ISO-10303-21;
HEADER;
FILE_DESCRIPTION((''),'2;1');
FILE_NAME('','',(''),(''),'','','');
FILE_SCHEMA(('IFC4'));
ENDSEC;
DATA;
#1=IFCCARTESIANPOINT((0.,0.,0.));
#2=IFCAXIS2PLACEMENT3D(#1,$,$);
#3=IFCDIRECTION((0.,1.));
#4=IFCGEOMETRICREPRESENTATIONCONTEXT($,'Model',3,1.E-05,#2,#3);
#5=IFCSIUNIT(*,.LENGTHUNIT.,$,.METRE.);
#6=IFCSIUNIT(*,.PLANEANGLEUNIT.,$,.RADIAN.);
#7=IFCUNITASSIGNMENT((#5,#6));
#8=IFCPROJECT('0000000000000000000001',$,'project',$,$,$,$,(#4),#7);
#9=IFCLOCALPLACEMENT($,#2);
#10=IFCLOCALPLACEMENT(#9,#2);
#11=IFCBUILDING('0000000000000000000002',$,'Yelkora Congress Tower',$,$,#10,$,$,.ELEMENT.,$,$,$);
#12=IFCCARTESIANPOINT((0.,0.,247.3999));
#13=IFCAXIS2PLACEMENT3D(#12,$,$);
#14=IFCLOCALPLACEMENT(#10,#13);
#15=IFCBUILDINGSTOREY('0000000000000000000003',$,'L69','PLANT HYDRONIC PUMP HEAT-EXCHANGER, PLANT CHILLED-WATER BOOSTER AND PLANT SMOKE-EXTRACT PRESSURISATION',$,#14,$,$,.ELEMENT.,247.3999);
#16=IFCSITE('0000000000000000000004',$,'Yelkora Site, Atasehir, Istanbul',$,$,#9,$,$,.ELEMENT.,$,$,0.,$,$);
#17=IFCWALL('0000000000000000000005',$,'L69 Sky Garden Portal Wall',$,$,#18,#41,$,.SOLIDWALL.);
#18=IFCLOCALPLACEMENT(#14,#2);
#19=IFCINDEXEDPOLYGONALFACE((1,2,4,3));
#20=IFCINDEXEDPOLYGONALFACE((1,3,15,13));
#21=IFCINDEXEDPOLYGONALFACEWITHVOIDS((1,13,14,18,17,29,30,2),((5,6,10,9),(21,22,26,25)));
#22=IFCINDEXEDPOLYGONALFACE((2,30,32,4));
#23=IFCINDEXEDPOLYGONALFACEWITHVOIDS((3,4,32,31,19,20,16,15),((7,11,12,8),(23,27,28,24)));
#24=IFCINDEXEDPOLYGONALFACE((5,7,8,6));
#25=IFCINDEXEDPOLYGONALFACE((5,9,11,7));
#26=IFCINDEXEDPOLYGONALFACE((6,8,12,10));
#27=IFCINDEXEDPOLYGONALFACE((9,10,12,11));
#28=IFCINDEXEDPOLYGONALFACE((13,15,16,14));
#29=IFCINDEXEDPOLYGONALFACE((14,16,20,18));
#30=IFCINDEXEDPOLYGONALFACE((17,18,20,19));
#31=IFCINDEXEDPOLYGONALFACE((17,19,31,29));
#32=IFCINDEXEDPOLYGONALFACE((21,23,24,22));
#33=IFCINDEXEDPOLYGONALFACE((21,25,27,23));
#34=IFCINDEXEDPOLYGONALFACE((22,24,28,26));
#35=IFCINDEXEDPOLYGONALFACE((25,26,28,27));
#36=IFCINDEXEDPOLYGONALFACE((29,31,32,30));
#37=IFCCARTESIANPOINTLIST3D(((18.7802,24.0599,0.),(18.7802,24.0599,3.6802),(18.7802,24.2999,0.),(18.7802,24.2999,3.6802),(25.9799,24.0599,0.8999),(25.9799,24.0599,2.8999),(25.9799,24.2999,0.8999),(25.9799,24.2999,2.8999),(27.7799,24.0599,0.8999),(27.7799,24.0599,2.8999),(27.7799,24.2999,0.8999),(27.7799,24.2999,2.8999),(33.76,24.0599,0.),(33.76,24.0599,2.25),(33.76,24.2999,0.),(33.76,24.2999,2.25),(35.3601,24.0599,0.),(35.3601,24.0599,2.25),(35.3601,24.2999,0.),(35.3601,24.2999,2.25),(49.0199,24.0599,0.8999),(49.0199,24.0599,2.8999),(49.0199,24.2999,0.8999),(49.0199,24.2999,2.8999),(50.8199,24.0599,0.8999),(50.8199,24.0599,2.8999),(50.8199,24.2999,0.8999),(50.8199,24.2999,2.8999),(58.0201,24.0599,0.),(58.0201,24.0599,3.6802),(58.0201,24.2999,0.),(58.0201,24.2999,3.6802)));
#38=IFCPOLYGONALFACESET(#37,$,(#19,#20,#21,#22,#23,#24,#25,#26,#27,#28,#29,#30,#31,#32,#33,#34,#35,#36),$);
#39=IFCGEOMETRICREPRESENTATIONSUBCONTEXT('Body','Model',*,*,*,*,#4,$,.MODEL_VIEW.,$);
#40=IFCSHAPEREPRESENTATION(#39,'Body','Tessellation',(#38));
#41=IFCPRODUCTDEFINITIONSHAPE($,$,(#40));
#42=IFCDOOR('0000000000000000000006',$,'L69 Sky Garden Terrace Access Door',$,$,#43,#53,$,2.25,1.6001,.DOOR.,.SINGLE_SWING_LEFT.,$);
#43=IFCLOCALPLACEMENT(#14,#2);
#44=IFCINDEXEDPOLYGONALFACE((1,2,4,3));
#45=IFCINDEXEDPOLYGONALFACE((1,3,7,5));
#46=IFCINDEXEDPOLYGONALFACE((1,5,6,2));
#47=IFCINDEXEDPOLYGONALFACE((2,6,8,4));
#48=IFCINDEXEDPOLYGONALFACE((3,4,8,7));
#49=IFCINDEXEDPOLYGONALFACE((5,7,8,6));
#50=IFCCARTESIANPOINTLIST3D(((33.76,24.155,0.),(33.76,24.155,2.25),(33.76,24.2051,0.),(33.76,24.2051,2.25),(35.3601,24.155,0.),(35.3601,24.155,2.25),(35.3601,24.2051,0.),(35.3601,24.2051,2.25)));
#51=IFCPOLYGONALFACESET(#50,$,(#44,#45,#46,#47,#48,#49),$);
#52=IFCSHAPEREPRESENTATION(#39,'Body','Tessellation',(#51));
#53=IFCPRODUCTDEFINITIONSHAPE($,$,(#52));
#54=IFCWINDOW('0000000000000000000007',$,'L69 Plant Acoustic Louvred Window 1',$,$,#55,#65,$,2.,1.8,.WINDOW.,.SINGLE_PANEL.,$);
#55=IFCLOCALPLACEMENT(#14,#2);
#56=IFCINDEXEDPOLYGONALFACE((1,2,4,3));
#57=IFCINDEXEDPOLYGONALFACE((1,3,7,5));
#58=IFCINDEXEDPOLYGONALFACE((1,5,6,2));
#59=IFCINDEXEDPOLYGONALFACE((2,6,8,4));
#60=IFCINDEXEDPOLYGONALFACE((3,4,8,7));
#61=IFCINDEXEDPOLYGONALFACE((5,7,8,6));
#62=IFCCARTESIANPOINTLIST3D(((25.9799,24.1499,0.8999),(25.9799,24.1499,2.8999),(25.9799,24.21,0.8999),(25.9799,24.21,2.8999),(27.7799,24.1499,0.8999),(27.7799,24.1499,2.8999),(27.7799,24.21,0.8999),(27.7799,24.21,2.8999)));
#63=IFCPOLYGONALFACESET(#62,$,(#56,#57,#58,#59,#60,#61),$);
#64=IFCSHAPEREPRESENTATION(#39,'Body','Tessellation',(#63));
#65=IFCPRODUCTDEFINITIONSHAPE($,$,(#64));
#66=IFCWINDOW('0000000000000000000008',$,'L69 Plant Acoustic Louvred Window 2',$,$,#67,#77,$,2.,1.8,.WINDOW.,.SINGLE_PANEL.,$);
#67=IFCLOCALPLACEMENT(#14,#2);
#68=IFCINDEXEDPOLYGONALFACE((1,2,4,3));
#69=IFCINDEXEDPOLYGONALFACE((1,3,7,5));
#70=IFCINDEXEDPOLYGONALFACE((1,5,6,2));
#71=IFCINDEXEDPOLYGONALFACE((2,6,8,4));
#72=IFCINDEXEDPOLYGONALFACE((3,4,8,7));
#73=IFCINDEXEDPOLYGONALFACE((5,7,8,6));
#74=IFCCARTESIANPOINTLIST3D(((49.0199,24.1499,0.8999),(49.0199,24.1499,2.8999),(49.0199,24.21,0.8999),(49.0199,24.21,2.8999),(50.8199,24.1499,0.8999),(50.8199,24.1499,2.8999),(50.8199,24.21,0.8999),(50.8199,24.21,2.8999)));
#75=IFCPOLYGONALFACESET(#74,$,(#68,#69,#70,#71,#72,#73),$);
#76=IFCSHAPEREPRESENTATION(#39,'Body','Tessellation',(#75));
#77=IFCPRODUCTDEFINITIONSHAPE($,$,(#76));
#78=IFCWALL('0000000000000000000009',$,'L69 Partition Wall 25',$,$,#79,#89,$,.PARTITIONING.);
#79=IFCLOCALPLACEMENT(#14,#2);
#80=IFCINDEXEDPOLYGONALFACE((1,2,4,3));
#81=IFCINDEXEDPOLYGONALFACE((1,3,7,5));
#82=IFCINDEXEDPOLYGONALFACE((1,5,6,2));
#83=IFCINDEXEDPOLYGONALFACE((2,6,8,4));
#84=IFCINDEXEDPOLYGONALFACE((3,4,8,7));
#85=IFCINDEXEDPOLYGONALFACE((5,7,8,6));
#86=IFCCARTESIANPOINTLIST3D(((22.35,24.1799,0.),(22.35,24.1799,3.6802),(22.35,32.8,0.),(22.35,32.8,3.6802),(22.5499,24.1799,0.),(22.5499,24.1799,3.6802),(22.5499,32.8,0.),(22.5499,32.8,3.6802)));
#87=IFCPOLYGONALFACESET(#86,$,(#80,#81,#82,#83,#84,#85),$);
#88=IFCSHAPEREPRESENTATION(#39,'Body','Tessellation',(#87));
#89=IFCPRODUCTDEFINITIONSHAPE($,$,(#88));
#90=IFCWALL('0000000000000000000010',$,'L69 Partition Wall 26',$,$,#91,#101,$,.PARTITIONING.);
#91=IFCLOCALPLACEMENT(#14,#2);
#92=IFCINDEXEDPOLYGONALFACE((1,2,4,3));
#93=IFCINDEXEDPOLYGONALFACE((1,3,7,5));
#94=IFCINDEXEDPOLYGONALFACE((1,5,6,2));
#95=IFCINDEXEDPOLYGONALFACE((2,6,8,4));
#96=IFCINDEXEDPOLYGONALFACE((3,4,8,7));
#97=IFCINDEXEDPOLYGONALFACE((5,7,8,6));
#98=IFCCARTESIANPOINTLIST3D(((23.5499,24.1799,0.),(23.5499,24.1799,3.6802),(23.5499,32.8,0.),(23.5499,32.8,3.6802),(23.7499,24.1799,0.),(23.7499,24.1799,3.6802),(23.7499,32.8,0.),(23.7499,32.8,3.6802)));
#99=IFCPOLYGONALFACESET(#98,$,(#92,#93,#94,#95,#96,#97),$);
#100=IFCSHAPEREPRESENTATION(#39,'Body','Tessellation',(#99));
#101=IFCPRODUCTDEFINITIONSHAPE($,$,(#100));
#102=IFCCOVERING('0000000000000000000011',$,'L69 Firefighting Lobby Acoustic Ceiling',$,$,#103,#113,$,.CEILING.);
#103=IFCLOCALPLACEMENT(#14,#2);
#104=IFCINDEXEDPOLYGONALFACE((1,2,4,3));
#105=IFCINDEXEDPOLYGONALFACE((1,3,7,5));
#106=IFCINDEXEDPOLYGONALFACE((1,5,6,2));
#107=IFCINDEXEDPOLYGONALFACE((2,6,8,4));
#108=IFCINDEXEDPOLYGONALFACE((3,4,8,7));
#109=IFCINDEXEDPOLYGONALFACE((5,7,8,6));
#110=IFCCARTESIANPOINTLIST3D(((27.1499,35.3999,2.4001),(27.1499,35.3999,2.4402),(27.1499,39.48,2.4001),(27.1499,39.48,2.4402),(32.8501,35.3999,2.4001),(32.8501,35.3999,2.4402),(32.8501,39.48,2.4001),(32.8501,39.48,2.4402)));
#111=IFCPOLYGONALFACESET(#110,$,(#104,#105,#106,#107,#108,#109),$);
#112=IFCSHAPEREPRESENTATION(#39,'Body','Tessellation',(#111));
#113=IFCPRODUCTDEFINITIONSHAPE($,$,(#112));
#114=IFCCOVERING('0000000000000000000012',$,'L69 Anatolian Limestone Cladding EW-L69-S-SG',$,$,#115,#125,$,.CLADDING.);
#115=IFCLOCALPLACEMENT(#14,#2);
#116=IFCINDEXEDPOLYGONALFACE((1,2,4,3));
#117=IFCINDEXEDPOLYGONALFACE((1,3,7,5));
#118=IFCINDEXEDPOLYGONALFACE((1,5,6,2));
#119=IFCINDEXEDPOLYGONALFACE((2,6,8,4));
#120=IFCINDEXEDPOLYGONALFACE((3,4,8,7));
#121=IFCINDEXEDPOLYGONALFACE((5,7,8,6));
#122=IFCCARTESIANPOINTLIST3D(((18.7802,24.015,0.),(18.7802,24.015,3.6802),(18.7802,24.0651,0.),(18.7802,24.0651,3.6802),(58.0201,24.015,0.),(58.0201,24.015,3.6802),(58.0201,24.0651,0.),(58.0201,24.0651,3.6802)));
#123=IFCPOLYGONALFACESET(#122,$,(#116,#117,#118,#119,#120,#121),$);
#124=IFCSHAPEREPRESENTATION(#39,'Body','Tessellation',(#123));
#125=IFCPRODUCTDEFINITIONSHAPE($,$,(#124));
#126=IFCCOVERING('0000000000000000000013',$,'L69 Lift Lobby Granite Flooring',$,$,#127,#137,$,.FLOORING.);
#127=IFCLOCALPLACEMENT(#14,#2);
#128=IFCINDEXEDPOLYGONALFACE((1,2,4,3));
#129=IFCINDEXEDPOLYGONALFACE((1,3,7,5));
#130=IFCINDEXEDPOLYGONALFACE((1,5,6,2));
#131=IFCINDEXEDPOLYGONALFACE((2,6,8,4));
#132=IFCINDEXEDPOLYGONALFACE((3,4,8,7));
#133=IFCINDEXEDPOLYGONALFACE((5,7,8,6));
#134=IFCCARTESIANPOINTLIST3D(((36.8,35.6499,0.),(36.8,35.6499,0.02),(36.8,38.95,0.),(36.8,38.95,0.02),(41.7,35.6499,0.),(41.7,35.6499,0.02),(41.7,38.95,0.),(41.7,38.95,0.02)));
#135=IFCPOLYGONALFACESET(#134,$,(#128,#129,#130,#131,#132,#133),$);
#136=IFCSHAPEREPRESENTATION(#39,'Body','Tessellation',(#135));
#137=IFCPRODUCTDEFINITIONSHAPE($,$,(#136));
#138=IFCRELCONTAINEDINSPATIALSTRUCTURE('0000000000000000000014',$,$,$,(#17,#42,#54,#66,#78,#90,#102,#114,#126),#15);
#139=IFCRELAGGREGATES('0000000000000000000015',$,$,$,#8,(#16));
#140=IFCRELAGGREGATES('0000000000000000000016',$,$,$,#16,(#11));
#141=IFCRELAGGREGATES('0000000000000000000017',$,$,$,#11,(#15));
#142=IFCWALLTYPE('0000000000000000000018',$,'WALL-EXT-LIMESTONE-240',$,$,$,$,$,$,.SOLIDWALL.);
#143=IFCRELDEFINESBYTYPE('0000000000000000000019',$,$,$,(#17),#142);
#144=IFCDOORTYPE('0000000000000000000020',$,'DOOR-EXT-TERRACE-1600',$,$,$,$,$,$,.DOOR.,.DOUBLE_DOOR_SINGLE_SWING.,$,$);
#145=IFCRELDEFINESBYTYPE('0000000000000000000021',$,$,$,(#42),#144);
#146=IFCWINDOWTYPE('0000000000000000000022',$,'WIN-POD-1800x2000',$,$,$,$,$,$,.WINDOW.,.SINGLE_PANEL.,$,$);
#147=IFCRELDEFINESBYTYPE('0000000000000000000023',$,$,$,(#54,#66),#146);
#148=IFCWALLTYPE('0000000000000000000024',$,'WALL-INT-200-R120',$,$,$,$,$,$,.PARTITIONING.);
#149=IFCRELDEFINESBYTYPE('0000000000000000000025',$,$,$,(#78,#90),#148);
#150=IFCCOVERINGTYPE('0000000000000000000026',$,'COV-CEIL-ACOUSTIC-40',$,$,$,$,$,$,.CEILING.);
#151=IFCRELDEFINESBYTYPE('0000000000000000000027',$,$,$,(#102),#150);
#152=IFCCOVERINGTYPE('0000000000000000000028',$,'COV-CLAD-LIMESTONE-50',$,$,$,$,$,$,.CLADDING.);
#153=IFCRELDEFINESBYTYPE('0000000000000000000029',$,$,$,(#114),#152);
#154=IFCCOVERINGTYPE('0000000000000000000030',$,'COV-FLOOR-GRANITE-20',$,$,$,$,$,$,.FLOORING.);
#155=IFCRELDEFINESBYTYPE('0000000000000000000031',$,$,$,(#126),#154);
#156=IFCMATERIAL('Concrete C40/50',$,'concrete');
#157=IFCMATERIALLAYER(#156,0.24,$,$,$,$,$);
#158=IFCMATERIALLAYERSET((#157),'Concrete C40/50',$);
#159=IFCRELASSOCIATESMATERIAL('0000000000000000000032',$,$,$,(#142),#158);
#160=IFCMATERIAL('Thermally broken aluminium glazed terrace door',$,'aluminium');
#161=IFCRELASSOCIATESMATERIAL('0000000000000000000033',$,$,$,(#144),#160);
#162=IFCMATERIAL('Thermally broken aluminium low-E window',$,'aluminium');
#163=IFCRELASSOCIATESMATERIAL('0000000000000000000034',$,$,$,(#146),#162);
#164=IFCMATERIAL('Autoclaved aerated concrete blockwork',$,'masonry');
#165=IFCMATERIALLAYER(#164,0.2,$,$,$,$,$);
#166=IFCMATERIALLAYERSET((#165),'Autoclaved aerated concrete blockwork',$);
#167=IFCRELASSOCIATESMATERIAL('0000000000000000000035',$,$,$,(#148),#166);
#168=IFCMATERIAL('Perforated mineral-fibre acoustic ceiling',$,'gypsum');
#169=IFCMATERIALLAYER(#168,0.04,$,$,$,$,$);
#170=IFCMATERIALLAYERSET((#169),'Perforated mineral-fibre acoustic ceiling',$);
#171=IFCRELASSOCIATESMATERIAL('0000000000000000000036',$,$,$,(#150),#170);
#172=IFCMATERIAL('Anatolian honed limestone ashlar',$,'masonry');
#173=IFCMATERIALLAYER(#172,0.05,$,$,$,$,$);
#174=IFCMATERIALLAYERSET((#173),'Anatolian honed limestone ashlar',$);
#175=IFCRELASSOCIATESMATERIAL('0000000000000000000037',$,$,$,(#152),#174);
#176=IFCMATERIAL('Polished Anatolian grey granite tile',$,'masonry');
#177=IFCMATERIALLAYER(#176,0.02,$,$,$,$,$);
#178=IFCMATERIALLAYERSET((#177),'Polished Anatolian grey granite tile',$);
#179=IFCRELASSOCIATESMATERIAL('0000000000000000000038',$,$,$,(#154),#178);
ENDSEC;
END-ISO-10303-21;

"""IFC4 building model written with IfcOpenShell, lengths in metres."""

from ifc_helpers import new_model, si_unit, direction, frame, frame_2d, origin, place, context, subcontext, project, spatial, polyline, rectangle, outline, extrude, material, layer, layer_set, type_object, element, fill, save


model = new_model("IFC4")

# Units and contexts
model_context = context("Model", 3, precision=1e-05, world=origin(), true_north=direction((0.0, 1.0)))
body_context = subcontext(model_context, "Body", "Model", "MODEL_VIEW")
ifc_project = project(units=[si_unit("LENGTHUNIT", "METRE"), si_unit("PLANEANGLEUNIT", "RADIAN")], contexts=[model_context])

# Site, building, storey
site_placement = place(None, origin())
site = spatial("IfcSite", under=ifc_project, at=site_placement, Name="Yelkora Site, Atasehir, Istanbul", CompositionType="ELEMENT", RefElevation=0.0)
building_placement = place(site_placement, origin())
building = spatial("IfcBuilding", under=site, at=building_placement, Name="Yelkora Congress Tower", CompositionType="ELEMENT")
storey_placement = place(building_placement, frame((0.0, 0.0, 247.3999)))
storey = spatial("IfcBuildingStorey", under=building, at=storey_placement, Name="L69", Description="PLANT HYDRONIC PUMP HEAT-EXCHANGER, PLANT CHILLED-WATER BOOSTER AND PLANT SMOKE-EXTRACT PRESSURISATION", CompositionType="ELEMENT", Elevation=247.3999)

# Shared definitions
ifc_material_1 = material(Name="Concrete C40/50", Category="concrete")

# Wall, openings, door, windows
ifc_layer_1 = layer(ifc_material_1, 0.24)
ifc_layer_set_1 = layer_set([ifc_layer_1], Name="Concrete C40/50")
wall_type_1 = type_object("IfcWallType", Name="WALL-EXT-LIMESTONE-240", PredefinedType="SOLIDWALL", material=ifc_layer_set_1)
wall_placement = place(storey_placement, frame((18.78, 24.1799, 0.0), z_axis=(0.0, 0.0, 1.0), x_axis=(1.0, 0.0, 0.0)))
wall = element("IfcWall", 1, at=wall_placement, inside=storey, type_object=wall_type_1, Name="L69 Sky Garden Portal Wall", PredefinedType="SOLIDWALL", context=body_context, shape_type="SweptSolid", body=[
    extrude(rectangle(XDim=39.24, YDim=0.24, at=frame_2d((19.6201, 0.0))), origin(), (0.0, 0.0, 1.0), 3.6802),
])
opening_1_placement = place(wall_placement, frame((14.98, 0.0, 0.0)))
opening_1 = element("IfcOpeningElement", 2, at=opening_1_placement, cuts=wall, PredefinedType="OPENING", context=body_context, shape_type="SweptSolid", body=[
    extrude(rectangle(XDim=1.6001, YDim=2.25, at=frame_2d((0.8, 1.125))), frame((0.0, 0.1299, 0.0), z_axis=(0.0, -1.0, 0.0), x_axis=(1.0, 0.0, 0.0)), (0.0, 0.0, 1.0), 0.26),
])
opening_2_placement = place(wall_placement, frame((7.2, 0.0, 0.8999)))
opening_2 = element("IfcOpeningElement", 3, at=opening_2_placement, cuts=wall, PredefinedType="OPENING", context=body_context, shape_type="SweptSolid", body=[
    extrude(rectangle(XDim=1.8, YDim=2.0, at=frame_2d((0.8999, 1.0))), frame((0.0, 0.1299, 0.0), z_axis=(0.0, -1.0, 0.0), x_axis=(1.0, 0.0, 0.0)), (0.0, 0.0, 1.0), 0.26),
])
opening_3_placement = place(wall_placement, frame((30.24, 0.0, 0.8999)))
opening_3 = element("IfcOpeningElement", 4, at=opening_3_placement, cuts=wall, PredefinedType="OPENING", context=body_context, shape_type="SweptSolid", body=[
    extrude(rectangle(XDim=1.8, YDim=2.0, at=frame_2d((0.8999, 1.0))), frame((0.0, 0.1299, 0.0), z_axis=(0.0, -1.0, 0.0), x_axis=(1.0, 0.0, 0.0)), (0.0, 0.0, 1.0), 0.26),
])
ifc_material_2 = material(Name="Thermally broken aluminium glazed terrace door", Category="aluminium")
door_type = type_object("IfcDoorType", Name="DOOR-EXT-TERRACE-1600", OperationType="DOUBLE_DOOR_SINGLE_SWING", PredefinedType="DOOR", material=ifc_material_2)
door_placement = place(opening_1_placement, frame((1.6001, 0.0, 0.0), z_axis=(0.0, 0.0, 1.0), x_axis=(-1.0, 0.0, 0.0)))
door = element("IfcDoor", 5, at=door_placement, inside=storey, type_object=door_type, Name="L69 Sky Garden Terrace Access Door", OperationType="SINGLE_SWING_LEFT", OverallHeight=2.25, OverallWidth=1.6001, PredefinedType="DOOR", context=body_context, shape_type="SweptSolid", body=[
    extrude(rectangle(XDim=1.6001, YDim=2.25, at=frame_2d((0.8, 1.125))), frame((0.0, 0.0249, 0.0), z_axis=(0.0, -1.0, 0.0), x_axis=(1.0, 0.0, 0.0)), (0.0, 0.0, 1.0), 0.05),
])
fill(opening_1, door)
ifc_material_3 = material(Name="Thermally broken aluminium low-E window", Category="aluminium")
window_type = type_object("IfcWindowType", Name="WIN-POD-1800x2000", PartitioningType="SINGLE_PANEL", PredefinedType="WINDOW", material=ifc_material_3)
window_1_placement = place(opening_2_placement, origin())
window_1 = element("IfcWindow", 6, at=window_1_placement, inside=storey, type_object=window_type, Name="L69 Plant Acoustic Louvred Window 1", OverallHeight=2.0, OverallWidth=1.8, PartitioningType="SINGLE_PANEL", PredefinedType="WINDOW", context=body_context, shape_type="SweptSolid", body=[
    extrude(rectangle(XDim=1.8, YDim=2.0, at=frame_2d((0.8999, 1.0))), frame((0.0, 0.03, 0.0), z_axis=(0.0, -1.0, 0.0), x_axis=(1.0, 0.0, 0.0)), (0.0, 0.0, 1.0), 0.0601),
])
fill(opening_2, window_1)
window_2_placement = place(opening_3_placement, origin())
window_2 = element("IfcWindow", 7, at=window_2_placement, inside=storey, type_object=window_type, Name="L69 Plant Acoustic Louvred Window 2", OverallHeight=2.0, OverallWidth=1.8, PartitioningType="SINGLE_PANEL", PredefinedType="WINDOW", context=body_context, shape_type="SweptSolid", body=[
    extrude(rectangle(XDim=1.8, YDim=2.0, at=frame_2d((0.8999, 1.0))), frame((0.0, 0.03, 0.0), z_axis=(0.0, -1.0, 0.0), x_axis=(1.0, 0.0, 0.0)), (0.0, 0.0, 1.0), 0.0601),
])
fill(opening_3, window_2)

# Walls
ifc_material_4 = material(Name="Autoclaved aerated concrete blockwork", Category="masonry")
ifc_layer_2 = layer(ifc_material_4, 0.2)
ifc_layer_set_2 = layer_set([ifc_layer_2], Name="Autoclaved aerated concrete blockwork")
wall_type_2 = type_object("IfcWallType", Name="WALL-INT-200-R120", PredefinedType="PARTITIONING", material=ifc_layer_set_2)
for number, where, z_axis, x_axis, name in (
    (8, (22.45, 24.1799, 0.0), (0.0, 0.0, 1.0), (0.0, 1.0, 0.0), "L69 Partition Wall 25"),
    (9, (23.6499, 24.1799, 0.0), (0.0, 0.0, 1.0), (0.0, 1.0, 0.0), "L69 Partition Wall 26"),
):
    element("IfcWall", number, at=place(storey_placement, frame(where, z_axis=z_axis, x_axis=x_axis)), inside=storey, type_object=wall_type_2, Name=name, PredefinedType="PARTITIONING", context=body_context, shape_type="SweptSolid", body=[
        extrude(rectangle(XDim=8.6201, YDim=0.2, at=frame_2d((4.3101, 0.0))), origin(), (0.0, 0.0, 1.0), 3.6802),
    ])

# Coverings
ifc_material_5 = material(Name="Perforated mineral-fibre acoustic ceiling", Category="gypsum")
ifc_layer_3 = layer(ifc_material_5, 0.04)
ifc_layer_set_3 = layer_set([ifc_layer_3], Name="Perforated mineral-fibre acoustic ceiling")
covering_type_1 = type_object("IfcCoveringType", Name="COV-CEIL-ACOUSTIC-40", PredefinedType="CEILING", material=ifc_layer_set_3)
covering_1_placement = place(storey_placement, frame((0.0, 0.0, 2.4001)))
element("IfcCovering", 10, at=covering_1_placement, inside=storey, type_object=covering_type_1, Name="L69 Firefighting Lobby Acoustic Ceiling", PredefinedType="CEILING", context=body_context, shape_type="SweptSolid", body=[
    extrude(outline(polyline([(27.1499, 35.3999), (32.8501, 35.3999), (32.8501, 39.48), (27.1499, 39.48), (27.1499, 35.3999)])), origin(), (0.0, 0.0, 1.0), 0.04),
])
ifc_material_6 = material(Name="Anatolian honed limestone ashlar", Category="masonry")
ifc_layer_4 = layer(ifc_material_6, 0.05)
ifc_layer_set_4 = layer_set([ifc_layer_4], Name="Anatolian honed limestone ashlar")
covering_type_2 = type_object("IfcCoveringType", Name="COV-CLAD-LIMESTONE-50", PredefinedType="CLADDING", material=ifc_layer_set_4)
covering_2_placement = place(storey_placement, frame((18.78, 24.04, 0.0), z_axis=(0.0, 0.0, 1.0), x_axis=(1.0, 0.0, 0.0)))
element("IfcCovering", 11, at=covering_2_placement, inside=storey, type_object=covering_type_2, Name="L69 Anatolian Limestone Cladding EW-L69-S-SG", PredefinedType="CLADDING", context=body_context, shape_type="SweptSolid", body=[
    extrude(rectangle(XDim=39.24, YDim=0.05, at=frame_2d((19.6201, 0.0))), origin(), (0.0, 0.0, 1.0), 3.6802),
])
ifc_material_7 = material(Name="Polished Anatolian grey granite tile", Category="masonry")
ifc_layer_5 = layer(ifc_material_7, 0.02)
ifc_layer_set_5 = layer_set([ifc_layer_5], Name="Polished Anatolian grey granite tile")
covering_type_3 = type_object("IfcCoveringType", Name="COV-FLOOR-GRANITE-20", PredefinedType="FLOORING", material=ifc_layer_set_5)
covering_3_placement = place(storey_placement, origin())
element("IfcCovering", 12, at=covering_3_placement, inside=storey, type_object=covering_type_3, Name="L69 Lift Lobby Granite Flooring", PredefinedType="FLOORING", context=body_context, shape_type="SweptSolid", body=[
    extrude(outline(polyline([(36.8, 35.6499), (41.7, 35.6499), (41.7, 38.95), (36.8, 38.95), (36.8, 35.6499)])), origin(), (0.0, 0.0, 1.0), 0.02),
])

save(model, "model.ifc")
